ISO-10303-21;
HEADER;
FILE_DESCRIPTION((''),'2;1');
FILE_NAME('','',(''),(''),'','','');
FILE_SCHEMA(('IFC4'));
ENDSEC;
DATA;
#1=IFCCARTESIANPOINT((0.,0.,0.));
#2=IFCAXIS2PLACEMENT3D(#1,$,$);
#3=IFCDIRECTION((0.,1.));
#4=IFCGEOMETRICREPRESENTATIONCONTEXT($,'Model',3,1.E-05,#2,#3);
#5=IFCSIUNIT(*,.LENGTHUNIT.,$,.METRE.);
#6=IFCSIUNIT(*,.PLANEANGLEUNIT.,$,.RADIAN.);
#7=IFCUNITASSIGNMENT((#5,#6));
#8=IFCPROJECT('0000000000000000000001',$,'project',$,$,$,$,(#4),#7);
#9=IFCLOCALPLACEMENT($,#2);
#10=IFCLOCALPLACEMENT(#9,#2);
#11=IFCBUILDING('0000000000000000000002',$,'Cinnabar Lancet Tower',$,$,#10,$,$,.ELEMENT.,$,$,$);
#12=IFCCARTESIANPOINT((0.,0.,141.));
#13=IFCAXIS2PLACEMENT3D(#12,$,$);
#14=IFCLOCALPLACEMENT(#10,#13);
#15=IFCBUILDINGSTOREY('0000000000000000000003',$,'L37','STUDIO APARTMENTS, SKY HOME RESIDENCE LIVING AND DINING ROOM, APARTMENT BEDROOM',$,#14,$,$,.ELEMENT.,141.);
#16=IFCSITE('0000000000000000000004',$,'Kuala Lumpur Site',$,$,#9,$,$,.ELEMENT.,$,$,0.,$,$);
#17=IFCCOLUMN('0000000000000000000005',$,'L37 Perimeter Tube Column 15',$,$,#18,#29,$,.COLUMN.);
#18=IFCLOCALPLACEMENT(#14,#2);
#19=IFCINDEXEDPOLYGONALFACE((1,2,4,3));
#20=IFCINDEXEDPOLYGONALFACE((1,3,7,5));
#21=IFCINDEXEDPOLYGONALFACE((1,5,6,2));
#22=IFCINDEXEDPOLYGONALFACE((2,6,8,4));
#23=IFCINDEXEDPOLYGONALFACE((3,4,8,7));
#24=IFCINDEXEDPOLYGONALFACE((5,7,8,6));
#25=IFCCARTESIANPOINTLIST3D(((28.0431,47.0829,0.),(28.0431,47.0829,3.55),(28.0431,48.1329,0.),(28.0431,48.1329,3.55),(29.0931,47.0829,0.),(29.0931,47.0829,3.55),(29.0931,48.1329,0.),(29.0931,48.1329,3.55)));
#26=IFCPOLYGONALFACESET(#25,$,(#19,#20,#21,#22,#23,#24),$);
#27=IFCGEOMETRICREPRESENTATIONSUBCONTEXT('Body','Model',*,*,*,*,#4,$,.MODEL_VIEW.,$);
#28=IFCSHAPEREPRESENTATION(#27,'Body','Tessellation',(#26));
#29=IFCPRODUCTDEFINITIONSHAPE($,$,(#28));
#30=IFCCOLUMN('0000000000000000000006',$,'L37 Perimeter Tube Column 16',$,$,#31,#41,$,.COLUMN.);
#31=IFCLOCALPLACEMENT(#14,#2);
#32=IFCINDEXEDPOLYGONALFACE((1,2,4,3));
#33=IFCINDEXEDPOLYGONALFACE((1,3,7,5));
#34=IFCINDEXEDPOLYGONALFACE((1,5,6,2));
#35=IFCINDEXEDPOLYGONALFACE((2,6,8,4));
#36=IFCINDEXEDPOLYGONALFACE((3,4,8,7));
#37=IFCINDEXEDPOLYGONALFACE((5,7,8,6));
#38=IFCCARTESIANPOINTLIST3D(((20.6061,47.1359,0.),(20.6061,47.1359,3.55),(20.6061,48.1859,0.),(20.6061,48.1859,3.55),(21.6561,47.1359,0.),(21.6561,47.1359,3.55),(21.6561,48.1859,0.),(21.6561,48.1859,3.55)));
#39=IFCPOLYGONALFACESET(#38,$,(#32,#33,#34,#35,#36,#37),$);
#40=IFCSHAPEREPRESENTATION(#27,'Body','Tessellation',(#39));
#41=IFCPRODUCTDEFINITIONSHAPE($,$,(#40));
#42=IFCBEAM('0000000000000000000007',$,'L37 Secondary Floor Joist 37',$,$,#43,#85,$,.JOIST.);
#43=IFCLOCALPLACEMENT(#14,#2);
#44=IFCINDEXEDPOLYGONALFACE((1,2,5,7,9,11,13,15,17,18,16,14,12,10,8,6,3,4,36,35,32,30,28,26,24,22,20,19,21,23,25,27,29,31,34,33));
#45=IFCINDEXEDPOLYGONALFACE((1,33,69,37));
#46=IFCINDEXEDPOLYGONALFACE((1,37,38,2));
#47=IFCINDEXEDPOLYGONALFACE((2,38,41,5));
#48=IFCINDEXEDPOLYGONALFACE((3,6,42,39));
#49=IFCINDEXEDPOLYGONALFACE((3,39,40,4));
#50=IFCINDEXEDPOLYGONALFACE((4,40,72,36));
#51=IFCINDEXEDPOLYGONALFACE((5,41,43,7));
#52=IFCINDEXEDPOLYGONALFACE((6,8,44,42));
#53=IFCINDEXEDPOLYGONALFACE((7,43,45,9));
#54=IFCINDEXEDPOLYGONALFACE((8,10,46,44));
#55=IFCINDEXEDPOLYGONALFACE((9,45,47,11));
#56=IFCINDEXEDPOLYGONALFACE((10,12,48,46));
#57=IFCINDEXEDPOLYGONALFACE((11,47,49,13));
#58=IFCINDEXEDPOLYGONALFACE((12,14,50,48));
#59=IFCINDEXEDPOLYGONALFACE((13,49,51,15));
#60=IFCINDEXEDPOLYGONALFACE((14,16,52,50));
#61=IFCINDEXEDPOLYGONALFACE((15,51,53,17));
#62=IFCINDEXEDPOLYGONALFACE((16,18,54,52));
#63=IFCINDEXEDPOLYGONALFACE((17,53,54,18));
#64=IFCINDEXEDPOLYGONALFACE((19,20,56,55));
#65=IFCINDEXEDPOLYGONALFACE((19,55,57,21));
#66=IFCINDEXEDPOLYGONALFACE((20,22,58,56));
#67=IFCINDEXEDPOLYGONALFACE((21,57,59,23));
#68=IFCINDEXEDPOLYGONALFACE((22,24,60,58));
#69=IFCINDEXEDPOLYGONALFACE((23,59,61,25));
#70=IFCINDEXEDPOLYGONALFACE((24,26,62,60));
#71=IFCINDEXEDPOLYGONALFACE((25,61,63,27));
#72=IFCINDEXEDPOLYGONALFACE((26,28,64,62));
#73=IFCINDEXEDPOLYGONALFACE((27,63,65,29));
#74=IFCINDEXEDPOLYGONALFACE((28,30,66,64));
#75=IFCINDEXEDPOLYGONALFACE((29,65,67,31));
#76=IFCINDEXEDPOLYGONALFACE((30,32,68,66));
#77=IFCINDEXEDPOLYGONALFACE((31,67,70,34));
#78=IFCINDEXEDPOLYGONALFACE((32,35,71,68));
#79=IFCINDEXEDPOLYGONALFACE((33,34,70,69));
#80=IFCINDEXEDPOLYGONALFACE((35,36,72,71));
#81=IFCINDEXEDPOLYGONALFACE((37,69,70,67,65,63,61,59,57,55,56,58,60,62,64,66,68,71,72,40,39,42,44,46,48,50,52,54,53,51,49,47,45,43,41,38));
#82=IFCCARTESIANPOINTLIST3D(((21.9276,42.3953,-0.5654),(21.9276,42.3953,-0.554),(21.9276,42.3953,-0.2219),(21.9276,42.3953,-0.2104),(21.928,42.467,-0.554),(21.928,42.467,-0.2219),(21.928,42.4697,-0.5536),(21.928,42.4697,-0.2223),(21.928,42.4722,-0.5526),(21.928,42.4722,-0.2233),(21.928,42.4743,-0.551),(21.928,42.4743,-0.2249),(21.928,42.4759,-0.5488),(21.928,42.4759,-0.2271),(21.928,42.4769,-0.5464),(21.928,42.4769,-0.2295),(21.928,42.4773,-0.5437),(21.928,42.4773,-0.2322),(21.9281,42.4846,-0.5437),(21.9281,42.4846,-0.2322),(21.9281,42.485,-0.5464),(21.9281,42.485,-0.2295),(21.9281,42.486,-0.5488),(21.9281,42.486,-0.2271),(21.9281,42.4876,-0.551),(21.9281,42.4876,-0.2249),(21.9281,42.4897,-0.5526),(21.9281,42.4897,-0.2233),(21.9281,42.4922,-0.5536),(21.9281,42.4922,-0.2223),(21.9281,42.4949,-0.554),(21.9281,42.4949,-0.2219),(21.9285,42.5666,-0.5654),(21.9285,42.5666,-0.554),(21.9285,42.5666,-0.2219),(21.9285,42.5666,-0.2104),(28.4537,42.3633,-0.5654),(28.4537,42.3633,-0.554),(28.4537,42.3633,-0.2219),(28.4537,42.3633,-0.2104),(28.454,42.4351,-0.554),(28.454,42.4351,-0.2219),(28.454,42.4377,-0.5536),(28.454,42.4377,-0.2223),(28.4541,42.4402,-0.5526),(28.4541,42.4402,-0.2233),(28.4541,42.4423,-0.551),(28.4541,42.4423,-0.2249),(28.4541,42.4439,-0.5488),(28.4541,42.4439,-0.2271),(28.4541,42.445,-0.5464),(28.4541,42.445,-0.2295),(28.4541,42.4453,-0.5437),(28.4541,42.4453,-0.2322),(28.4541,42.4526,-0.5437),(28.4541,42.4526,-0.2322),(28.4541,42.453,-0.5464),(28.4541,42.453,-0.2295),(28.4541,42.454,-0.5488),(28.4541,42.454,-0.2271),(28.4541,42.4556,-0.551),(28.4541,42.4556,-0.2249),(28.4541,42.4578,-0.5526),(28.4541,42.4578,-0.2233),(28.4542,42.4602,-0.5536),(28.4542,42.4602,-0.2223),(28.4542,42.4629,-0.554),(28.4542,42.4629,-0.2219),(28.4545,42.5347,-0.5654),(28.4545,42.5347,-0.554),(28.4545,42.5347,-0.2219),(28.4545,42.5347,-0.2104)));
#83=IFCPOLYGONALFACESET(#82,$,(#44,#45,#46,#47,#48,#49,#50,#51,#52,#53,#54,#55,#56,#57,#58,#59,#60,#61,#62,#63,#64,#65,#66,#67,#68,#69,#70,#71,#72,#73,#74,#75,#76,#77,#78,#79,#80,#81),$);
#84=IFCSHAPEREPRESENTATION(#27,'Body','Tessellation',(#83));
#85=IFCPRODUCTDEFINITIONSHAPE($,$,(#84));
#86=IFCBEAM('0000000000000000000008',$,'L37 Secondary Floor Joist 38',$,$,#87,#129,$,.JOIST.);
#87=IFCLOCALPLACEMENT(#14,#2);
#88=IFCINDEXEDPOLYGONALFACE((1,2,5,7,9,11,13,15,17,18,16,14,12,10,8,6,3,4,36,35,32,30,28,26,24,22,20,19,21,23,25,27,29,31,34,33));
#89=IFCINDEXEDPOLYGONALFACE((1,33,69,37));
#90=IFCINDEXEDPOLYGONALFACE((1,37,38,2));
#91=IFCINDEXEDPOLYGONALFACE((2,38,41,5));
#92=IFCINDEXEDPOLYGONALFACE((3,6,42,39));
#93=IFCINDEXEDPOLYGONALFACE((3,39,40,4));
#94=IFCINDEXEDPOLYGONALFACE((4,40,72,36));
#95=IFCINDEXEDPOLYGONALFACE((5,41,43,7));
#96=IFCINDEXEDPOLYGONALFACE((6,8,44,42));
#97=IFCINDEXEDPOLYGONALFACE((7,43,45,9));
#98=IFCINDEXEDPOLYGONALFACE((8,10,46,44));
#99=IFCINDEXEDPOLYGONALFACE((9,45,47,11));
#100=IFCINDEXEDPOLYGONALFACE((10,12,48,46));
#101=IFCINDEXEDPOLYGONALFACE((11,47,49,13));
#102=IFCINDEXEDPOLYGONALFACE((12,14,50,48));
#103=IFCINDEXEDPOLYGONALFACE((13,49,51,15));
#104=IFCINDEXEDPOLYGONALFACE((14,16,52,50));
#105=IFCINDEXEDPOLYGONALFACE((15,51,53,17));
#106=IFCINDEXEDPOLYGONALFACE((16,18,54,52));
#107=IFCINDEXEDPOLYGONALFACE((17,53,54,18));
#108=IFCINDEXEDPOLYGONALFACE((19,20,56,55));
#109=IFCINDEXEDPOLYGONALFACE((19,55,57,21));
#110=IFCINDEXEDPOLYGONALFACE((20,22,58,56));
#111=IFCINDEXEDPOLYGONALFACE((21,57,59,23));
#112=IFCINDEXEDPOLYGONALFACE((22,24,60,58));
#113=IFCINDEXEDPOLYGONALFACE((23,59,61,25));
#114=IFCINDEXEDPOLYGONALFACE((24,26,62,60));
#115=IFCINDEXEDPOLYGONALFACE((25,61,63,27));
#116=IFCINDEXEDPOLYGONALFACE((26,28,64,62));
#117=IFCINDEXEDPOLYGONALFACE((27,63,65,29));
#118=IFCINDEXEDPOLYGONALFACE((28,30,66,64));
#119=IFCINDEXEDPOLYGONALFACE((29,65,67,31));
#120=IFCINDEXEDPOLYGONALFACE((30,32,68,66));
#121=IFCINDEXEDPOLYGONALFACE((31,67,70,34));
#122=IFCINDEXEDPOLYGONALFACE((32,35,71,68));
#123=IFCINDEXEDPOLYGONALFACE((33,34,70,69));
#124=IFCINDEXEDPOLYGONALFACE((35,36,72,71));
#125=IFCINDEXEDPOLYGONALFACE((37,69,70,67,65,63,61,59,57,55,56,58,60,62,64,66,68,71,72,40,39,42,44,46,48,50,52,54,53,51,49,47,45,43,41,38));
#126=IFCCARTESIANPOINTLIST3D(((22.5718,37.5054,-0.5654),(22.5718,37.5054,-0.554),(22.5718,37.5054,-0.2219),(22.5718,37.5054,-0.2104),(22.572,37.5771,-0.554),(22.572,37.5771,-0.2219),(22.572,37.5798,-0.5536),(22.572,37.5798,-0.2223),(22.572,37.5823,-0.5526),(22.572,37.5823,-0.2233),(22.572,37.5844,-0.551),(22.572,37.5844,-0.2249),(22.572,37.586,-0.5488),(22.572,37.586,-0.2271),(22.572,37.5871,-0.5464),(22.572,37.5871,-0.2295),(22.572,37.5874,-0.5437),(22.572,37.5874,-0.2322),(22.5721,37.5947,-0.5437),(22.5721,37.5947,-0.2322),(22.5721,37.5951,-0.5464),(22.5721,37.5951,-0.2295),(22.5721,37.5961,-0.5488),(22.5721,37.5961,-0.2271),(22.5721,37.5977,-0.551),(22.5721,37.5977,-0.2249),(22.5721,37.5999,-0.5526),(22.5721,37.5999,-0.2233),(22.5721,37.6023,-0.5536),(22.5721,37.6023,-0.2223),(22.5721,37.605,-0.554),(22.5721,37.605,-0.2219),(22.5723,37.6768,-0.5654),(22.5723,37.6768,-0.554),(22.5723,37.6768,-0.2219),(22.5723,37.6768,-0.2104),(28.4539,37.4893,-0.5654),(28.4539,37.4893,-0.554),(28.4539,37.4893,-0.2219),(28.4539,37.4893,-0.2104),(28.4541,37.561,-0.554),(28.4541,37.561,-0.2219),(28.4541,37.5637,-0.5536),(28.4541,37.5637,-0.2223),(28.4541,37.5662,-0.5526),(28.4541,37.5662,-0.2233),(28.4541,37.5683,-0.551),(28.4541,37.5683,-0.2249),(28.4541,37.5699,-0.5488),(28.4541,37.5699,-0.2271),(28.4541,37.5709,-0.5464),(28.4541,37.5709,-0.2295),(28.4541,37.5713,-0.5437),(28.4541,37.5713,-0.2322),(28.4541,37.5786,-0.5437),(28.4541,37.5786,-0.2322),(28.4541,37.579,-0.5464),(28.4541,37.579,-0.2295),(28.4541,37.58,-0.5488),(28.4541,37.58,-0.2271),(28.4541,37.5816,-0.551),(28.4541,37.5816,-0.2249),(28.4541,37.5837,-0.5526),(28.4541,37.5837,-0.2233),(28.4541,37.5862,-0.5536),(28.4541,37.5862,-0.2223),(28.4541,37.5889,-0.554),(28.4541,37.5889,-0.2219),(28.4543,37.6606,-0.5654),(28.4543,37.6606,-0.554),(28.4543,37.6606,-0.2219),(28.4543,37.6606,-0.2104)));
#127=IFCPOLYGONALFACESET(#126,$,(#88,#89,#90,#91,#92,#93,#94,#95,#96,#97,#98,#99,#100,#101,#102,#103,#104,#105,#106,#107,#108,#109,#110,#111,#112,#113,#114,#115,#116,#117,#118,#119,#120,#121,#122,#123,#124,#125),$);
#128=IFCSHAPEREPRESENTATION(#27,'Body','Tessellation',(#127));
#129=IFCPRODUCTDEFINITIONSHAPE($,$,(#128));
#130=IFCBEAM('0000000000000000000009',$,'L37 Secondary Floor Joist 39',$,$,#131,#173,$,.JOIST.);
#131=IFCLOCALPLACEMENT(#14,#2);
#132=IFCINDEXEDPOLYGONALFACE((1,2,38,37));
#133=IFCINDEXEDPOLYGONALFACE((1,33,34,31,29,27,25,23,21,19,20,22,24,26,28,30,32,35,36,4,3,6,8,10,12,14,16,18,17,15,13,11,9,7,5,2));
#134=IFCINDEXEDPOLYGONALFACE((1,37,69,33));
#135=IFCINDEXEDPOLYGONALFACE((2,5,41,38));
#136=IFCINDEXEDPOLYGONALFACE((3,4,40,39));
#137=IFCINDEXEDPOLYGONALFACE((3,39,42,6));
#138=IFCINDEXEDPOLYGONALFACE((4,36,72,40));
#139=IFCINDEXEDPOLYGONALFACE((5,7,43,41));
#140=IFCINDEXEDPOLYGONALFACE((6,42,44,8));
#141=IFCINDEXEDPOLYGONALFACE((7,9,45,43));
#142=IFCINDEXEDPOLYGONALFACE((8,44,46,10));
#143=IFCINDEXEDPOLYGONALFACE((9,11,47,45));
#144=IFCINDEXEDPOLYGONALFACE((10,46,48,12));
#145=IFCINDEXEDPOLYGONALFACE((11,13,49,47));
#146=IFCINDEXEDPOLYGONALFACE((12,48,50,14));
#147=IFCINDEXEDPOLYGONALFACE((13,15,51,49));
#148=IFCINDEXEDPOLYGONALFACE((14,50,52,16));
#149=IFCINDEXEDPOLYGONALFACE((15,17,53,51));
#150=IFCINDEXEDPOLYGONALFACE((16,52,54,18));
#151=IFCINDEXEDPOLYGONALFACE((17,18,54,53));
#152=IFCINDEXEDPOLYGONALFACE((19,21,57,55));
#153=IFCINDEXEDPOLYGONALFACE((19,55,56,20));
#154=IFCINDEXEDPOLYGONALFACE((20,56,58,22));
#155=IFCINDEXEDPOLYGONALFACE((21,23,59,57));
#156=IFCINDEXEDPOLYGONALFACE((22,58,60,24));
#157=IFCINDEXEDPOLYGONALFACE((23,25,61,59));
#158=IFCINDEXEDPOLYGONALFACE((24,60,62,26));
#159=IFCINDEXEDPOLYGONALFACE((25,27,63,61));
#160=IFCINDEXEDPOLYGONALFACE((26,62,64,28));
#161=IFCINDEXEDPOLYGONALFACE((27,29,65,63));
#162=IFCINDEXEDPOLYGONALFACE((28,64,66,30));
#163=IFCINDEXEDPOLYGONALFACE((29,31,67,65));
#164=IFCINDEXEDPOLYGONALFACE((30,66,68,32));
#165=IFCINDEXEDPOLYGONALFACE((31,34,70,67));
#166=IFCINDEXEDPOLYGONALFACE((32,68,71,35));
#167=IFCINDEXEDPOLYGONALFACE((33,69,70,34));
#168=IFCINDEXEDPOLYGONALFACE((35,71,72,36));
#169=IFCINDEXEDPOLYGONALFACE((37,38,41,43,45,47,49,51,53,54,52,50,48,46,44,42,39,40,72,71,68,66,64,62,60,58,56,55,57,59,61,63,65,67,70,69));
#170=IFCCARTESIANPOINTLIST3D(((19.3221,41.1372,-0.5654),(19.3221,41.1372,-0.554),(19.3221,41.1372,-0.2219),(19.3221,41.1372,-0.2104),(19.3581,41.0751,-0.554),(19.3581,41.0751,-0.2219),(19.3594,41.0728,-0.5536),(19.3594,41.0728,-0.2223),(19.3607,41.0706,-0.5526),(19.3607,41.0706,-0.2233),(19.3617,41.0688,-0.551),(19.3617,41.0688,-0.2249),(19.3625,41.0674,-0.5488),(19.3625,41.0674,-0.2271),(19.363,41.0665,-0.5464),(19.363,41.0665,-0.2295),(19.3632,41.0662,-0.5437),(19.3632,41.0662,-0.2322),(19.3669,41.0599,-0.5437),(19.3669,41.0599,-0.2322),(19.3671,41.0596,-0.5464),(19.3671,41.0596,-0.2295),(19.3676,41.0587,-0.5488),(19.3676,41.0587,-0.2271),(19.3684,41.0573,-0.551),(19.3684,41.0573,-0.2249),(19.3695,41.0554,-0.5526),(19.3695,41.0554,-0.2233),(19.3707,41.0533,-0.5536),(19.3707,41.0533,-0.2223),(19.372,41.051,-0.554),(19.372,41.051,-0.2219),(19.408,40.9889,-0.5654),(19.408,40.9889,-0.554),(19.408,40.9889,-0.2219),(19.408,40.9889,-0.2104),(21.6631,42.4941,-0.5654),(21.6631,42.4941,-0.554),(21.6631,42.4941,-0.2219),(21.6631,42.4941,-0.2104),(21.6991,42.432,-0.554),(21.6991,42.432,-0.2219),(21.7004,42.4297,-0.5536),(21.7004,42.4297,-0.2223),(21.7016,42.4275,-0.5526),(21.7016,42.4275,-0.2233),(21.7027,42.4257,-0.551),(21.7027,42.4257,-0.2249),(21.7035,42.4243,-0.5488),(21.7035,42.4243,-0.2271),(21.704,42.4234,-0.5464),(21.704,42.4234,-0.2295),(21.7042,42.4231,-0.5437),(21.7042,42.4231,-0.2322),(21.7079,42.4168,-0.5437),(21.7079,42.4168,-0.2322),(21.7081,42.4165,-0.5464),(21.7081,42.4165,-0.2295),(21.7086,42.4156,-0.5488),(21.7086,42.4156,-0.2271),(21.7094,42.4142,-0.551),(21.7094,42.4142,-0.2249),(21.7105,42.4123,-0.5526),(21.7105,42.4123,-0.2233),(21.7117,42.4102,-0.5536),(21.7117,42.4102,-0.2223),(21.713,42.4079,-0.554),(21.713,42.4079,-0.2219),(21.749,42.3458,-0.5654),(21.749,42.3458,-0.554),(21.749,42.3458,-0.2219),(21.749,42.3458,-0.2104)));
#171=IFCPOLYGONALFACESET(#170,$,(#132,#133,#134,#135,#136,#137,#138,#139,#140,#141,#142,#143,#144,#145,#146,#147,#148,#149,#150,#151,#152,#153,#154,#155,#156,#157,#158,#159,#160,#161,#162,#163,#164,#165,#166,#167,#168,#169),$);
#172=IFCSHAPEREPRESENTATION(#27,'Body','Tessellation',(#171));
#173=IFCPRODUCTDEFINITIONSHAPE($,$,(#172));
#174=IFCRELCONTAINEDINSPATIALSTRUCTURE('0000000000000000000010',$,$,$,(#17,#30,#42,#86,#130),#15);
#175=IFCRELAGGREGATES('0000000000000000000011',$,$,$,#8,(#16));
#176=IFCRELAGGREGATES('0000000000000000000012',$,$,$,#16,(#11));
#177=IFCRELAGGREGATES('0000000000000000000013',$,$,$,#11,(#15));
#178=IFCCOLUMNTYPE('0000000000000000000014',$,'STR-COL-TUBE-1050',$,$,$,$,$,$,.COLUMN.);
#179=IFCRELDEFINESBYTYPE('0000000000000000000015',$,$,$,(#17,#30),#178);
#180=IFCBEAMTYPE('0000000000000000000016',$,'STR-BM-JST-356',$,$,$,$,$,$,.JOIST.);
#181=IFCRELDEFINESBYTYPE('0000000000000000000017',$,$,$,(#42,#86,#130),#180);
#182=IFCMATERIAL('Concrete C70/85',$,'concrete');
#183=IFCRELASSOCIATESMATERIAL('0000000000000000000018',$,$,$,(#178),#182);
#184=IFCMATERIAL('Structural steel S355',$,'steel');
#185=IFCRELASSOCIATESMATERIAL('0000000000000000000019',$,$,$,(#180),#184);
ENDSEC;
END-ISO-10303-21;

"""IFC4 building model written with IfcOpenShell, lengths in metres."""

from ifc_helpers import new_model, si_unit, direction, frame, origin, origin_2d, place, context, subcontext, project, spatial, rectangle, i_section, extrude, material, material_profile, profile_set, type_object, element, save


model = new_model("IFC4")

# Units and contexts
model_context = context("Model", 3, precision=1e-05, world=origin(), true_north=direction((0.0, 1.0)))
body_context = subcontext(model_context, "Body", "Model", "MODEL_VIEW")
ifc_project = project(units=[si_unit("LENGTHUNIT", "METRE"), si_unit("PLANEANGLEUNIT", "RADIAN")], contexts=[model_context])

# Site, building, storey
site_placement = place(None, origin())
site = spatial("IfcSite", under=ifc_project, at=site_placement, Name="Kuala Lumpur Site", CompositionType="ELEMENT", RefElevation=0.0)
building_placement = place(site_placement, origin())
building = spatial("IfcBuilding", under=site, at=building_placement, Name="Cinnabar Lancet Tower", CompositionType="ELEMENT")
storey_placement = place(building_placement, frame((0.0, 0.0, 141.0)))
storey = spatial("IfcBuildingStorey", under=building, at=storey_placement, Name="L37", Description="STUDIO APARTMENTS, SKY HOME RESIDENCE LIVING AND DINING ROOM, APARTMENT BEDROOM", CompositionType="ELEMENT", Elevation=141.0)

# Columns
ifc_material_1 = material(Name="Concrete C70/85", Category="concrete")
ifc_material_profile_1 = material_profile(ifc_material_1, rectangle(XDim=1.05, YDim=1.05, at=origin_2d()), Name="RC-COL 1050x1050")
ifc_profile_set_1 = profile_set([ifc_material_profile_1], Name="Concrete C70/85")
column_type = type_object("IfcColumnType", Name="STR-COL-TUBE-1050", PredefinedType="COLUMN", material=ifc_profile_set_1)
for number, where, z_axis, x_axis, name in (
    (1, (28.5681, 47.6079, 0.0), (0.0, 0.0, 1.0), (1.0, 0.0, 0.0), "L37 Perimeter Tube Column 15"),
    (2, (21.1311, 47.6609, 0.0), (0.0, 0.0, 1.0), (1.0, 0.0, 0.0), "L37 Perimeter Tube Column 16"),
):
    element("IfcColumn", number, at=place(storey_placement, frame(where, z_axis=z_axis, x_axis=x_axis)), inside=storey, type_object=column_type, Name=name, PredefinedType="COLUMN", context=body_context, shape_type="SweptSolid", body=[
        extrude(rectangle(XDim=1.05, YDim=1.05, at=origin_2d()), origin(), (0.0, 0.0, 1.0), 3.55),
    ])

# Beams
ifc_material_2 = material(Name="Structural steel S355", Category="steel")
ifc_material_profile_2 = material_profile(ifc_material_2, i_section(OverallWidth=0.1714, OverallDepth=0.355, WebThickness=0.0073, FlangeThickness=0.0115, FilletRadius=0.0103, at=origin_2d()), Name="UKB 356x171x51")
ifc_profile_set_2 = profile_set([ifc_material_profile_2], Name="Structural steel S355")
beam_type_1 = type_object("IfcBeamType", Name="STR-BM-JST-356", PredefinedType="JOIST", material=ifc_profile_set_2)
beam_1_placement = place(storey_placement, frame((28.4541, 42.449, -0.3879), z_axis=(-0.999988, 0.004901, 0.0), x_axis=(-0.004901, -0.999988, 0.0)))
element("IfcBeam", 3, at=beam_1_placement, inside=storey, type_object=beam_type_1, Name="L37 Secondary Floor Joist 37", PredefinedType="JOIST", context=body_context, shape_type="SweptSolid", body=[
    extrude(i_section(OverallWidth=0.1714, OverallDepth=0.355, WebThickness=0.0073, FlangeThickness=0.0115, FilletRadius=0.0103, at=origin_2d()), origin(), (0.0, 0.0, 1.0), 6.5261),
])
beam_2_placement = place(storey_placement, frame((28.4541, 37.575, -0.3879), z_axis=(-0.999996, 0.002739, 0.0), x_axis=(-0.002739, -0.999996, 0.0)))
element("IfcBeam", 4, at=beam_2_placement, inside=storey, type_object=beam_type_1, Name="L37 Secondary Floor Joist 38", PredefinedType="JOIST", context=body_context, shape_type="SweptSolid", body=[
    extrude(i_section(OverallWidth=0.1714, OverallDepth=0.355, WebThickness=0.0073, FlangeThickness=0.0115, FilletRadius=0.0103, at=origin_2d()), origin(), (0.0, 0.0, 1.0), 5.8821),
])
beam_3_placement = place(storey_placement, frame((21.7061, 42.4199, -0.3879), z_axis=(-0.865173, -0.501474, 0.0), x_axis=(0.501474, -0.865173, 0.0)))
element("IfcBeam", 5, at=beam_3_placement, inside=storey, type_object=beam_type_1, Name="L37 Secondary Floor Joist 39", PredefinedType="JOIST", context=body_context, shape_type="SweptSolid", body=[
    extrude(i_section(OverallWidth=0.1714, OverallDepth=0.355, WebThickness=0.0073, FlangeThickness=0.0115, FilletRadius=0.0103, at=origin_2d()), origin(), (0.0, 0.0, 1.0), 2.7058),
])

save(model, "model.ifc")
